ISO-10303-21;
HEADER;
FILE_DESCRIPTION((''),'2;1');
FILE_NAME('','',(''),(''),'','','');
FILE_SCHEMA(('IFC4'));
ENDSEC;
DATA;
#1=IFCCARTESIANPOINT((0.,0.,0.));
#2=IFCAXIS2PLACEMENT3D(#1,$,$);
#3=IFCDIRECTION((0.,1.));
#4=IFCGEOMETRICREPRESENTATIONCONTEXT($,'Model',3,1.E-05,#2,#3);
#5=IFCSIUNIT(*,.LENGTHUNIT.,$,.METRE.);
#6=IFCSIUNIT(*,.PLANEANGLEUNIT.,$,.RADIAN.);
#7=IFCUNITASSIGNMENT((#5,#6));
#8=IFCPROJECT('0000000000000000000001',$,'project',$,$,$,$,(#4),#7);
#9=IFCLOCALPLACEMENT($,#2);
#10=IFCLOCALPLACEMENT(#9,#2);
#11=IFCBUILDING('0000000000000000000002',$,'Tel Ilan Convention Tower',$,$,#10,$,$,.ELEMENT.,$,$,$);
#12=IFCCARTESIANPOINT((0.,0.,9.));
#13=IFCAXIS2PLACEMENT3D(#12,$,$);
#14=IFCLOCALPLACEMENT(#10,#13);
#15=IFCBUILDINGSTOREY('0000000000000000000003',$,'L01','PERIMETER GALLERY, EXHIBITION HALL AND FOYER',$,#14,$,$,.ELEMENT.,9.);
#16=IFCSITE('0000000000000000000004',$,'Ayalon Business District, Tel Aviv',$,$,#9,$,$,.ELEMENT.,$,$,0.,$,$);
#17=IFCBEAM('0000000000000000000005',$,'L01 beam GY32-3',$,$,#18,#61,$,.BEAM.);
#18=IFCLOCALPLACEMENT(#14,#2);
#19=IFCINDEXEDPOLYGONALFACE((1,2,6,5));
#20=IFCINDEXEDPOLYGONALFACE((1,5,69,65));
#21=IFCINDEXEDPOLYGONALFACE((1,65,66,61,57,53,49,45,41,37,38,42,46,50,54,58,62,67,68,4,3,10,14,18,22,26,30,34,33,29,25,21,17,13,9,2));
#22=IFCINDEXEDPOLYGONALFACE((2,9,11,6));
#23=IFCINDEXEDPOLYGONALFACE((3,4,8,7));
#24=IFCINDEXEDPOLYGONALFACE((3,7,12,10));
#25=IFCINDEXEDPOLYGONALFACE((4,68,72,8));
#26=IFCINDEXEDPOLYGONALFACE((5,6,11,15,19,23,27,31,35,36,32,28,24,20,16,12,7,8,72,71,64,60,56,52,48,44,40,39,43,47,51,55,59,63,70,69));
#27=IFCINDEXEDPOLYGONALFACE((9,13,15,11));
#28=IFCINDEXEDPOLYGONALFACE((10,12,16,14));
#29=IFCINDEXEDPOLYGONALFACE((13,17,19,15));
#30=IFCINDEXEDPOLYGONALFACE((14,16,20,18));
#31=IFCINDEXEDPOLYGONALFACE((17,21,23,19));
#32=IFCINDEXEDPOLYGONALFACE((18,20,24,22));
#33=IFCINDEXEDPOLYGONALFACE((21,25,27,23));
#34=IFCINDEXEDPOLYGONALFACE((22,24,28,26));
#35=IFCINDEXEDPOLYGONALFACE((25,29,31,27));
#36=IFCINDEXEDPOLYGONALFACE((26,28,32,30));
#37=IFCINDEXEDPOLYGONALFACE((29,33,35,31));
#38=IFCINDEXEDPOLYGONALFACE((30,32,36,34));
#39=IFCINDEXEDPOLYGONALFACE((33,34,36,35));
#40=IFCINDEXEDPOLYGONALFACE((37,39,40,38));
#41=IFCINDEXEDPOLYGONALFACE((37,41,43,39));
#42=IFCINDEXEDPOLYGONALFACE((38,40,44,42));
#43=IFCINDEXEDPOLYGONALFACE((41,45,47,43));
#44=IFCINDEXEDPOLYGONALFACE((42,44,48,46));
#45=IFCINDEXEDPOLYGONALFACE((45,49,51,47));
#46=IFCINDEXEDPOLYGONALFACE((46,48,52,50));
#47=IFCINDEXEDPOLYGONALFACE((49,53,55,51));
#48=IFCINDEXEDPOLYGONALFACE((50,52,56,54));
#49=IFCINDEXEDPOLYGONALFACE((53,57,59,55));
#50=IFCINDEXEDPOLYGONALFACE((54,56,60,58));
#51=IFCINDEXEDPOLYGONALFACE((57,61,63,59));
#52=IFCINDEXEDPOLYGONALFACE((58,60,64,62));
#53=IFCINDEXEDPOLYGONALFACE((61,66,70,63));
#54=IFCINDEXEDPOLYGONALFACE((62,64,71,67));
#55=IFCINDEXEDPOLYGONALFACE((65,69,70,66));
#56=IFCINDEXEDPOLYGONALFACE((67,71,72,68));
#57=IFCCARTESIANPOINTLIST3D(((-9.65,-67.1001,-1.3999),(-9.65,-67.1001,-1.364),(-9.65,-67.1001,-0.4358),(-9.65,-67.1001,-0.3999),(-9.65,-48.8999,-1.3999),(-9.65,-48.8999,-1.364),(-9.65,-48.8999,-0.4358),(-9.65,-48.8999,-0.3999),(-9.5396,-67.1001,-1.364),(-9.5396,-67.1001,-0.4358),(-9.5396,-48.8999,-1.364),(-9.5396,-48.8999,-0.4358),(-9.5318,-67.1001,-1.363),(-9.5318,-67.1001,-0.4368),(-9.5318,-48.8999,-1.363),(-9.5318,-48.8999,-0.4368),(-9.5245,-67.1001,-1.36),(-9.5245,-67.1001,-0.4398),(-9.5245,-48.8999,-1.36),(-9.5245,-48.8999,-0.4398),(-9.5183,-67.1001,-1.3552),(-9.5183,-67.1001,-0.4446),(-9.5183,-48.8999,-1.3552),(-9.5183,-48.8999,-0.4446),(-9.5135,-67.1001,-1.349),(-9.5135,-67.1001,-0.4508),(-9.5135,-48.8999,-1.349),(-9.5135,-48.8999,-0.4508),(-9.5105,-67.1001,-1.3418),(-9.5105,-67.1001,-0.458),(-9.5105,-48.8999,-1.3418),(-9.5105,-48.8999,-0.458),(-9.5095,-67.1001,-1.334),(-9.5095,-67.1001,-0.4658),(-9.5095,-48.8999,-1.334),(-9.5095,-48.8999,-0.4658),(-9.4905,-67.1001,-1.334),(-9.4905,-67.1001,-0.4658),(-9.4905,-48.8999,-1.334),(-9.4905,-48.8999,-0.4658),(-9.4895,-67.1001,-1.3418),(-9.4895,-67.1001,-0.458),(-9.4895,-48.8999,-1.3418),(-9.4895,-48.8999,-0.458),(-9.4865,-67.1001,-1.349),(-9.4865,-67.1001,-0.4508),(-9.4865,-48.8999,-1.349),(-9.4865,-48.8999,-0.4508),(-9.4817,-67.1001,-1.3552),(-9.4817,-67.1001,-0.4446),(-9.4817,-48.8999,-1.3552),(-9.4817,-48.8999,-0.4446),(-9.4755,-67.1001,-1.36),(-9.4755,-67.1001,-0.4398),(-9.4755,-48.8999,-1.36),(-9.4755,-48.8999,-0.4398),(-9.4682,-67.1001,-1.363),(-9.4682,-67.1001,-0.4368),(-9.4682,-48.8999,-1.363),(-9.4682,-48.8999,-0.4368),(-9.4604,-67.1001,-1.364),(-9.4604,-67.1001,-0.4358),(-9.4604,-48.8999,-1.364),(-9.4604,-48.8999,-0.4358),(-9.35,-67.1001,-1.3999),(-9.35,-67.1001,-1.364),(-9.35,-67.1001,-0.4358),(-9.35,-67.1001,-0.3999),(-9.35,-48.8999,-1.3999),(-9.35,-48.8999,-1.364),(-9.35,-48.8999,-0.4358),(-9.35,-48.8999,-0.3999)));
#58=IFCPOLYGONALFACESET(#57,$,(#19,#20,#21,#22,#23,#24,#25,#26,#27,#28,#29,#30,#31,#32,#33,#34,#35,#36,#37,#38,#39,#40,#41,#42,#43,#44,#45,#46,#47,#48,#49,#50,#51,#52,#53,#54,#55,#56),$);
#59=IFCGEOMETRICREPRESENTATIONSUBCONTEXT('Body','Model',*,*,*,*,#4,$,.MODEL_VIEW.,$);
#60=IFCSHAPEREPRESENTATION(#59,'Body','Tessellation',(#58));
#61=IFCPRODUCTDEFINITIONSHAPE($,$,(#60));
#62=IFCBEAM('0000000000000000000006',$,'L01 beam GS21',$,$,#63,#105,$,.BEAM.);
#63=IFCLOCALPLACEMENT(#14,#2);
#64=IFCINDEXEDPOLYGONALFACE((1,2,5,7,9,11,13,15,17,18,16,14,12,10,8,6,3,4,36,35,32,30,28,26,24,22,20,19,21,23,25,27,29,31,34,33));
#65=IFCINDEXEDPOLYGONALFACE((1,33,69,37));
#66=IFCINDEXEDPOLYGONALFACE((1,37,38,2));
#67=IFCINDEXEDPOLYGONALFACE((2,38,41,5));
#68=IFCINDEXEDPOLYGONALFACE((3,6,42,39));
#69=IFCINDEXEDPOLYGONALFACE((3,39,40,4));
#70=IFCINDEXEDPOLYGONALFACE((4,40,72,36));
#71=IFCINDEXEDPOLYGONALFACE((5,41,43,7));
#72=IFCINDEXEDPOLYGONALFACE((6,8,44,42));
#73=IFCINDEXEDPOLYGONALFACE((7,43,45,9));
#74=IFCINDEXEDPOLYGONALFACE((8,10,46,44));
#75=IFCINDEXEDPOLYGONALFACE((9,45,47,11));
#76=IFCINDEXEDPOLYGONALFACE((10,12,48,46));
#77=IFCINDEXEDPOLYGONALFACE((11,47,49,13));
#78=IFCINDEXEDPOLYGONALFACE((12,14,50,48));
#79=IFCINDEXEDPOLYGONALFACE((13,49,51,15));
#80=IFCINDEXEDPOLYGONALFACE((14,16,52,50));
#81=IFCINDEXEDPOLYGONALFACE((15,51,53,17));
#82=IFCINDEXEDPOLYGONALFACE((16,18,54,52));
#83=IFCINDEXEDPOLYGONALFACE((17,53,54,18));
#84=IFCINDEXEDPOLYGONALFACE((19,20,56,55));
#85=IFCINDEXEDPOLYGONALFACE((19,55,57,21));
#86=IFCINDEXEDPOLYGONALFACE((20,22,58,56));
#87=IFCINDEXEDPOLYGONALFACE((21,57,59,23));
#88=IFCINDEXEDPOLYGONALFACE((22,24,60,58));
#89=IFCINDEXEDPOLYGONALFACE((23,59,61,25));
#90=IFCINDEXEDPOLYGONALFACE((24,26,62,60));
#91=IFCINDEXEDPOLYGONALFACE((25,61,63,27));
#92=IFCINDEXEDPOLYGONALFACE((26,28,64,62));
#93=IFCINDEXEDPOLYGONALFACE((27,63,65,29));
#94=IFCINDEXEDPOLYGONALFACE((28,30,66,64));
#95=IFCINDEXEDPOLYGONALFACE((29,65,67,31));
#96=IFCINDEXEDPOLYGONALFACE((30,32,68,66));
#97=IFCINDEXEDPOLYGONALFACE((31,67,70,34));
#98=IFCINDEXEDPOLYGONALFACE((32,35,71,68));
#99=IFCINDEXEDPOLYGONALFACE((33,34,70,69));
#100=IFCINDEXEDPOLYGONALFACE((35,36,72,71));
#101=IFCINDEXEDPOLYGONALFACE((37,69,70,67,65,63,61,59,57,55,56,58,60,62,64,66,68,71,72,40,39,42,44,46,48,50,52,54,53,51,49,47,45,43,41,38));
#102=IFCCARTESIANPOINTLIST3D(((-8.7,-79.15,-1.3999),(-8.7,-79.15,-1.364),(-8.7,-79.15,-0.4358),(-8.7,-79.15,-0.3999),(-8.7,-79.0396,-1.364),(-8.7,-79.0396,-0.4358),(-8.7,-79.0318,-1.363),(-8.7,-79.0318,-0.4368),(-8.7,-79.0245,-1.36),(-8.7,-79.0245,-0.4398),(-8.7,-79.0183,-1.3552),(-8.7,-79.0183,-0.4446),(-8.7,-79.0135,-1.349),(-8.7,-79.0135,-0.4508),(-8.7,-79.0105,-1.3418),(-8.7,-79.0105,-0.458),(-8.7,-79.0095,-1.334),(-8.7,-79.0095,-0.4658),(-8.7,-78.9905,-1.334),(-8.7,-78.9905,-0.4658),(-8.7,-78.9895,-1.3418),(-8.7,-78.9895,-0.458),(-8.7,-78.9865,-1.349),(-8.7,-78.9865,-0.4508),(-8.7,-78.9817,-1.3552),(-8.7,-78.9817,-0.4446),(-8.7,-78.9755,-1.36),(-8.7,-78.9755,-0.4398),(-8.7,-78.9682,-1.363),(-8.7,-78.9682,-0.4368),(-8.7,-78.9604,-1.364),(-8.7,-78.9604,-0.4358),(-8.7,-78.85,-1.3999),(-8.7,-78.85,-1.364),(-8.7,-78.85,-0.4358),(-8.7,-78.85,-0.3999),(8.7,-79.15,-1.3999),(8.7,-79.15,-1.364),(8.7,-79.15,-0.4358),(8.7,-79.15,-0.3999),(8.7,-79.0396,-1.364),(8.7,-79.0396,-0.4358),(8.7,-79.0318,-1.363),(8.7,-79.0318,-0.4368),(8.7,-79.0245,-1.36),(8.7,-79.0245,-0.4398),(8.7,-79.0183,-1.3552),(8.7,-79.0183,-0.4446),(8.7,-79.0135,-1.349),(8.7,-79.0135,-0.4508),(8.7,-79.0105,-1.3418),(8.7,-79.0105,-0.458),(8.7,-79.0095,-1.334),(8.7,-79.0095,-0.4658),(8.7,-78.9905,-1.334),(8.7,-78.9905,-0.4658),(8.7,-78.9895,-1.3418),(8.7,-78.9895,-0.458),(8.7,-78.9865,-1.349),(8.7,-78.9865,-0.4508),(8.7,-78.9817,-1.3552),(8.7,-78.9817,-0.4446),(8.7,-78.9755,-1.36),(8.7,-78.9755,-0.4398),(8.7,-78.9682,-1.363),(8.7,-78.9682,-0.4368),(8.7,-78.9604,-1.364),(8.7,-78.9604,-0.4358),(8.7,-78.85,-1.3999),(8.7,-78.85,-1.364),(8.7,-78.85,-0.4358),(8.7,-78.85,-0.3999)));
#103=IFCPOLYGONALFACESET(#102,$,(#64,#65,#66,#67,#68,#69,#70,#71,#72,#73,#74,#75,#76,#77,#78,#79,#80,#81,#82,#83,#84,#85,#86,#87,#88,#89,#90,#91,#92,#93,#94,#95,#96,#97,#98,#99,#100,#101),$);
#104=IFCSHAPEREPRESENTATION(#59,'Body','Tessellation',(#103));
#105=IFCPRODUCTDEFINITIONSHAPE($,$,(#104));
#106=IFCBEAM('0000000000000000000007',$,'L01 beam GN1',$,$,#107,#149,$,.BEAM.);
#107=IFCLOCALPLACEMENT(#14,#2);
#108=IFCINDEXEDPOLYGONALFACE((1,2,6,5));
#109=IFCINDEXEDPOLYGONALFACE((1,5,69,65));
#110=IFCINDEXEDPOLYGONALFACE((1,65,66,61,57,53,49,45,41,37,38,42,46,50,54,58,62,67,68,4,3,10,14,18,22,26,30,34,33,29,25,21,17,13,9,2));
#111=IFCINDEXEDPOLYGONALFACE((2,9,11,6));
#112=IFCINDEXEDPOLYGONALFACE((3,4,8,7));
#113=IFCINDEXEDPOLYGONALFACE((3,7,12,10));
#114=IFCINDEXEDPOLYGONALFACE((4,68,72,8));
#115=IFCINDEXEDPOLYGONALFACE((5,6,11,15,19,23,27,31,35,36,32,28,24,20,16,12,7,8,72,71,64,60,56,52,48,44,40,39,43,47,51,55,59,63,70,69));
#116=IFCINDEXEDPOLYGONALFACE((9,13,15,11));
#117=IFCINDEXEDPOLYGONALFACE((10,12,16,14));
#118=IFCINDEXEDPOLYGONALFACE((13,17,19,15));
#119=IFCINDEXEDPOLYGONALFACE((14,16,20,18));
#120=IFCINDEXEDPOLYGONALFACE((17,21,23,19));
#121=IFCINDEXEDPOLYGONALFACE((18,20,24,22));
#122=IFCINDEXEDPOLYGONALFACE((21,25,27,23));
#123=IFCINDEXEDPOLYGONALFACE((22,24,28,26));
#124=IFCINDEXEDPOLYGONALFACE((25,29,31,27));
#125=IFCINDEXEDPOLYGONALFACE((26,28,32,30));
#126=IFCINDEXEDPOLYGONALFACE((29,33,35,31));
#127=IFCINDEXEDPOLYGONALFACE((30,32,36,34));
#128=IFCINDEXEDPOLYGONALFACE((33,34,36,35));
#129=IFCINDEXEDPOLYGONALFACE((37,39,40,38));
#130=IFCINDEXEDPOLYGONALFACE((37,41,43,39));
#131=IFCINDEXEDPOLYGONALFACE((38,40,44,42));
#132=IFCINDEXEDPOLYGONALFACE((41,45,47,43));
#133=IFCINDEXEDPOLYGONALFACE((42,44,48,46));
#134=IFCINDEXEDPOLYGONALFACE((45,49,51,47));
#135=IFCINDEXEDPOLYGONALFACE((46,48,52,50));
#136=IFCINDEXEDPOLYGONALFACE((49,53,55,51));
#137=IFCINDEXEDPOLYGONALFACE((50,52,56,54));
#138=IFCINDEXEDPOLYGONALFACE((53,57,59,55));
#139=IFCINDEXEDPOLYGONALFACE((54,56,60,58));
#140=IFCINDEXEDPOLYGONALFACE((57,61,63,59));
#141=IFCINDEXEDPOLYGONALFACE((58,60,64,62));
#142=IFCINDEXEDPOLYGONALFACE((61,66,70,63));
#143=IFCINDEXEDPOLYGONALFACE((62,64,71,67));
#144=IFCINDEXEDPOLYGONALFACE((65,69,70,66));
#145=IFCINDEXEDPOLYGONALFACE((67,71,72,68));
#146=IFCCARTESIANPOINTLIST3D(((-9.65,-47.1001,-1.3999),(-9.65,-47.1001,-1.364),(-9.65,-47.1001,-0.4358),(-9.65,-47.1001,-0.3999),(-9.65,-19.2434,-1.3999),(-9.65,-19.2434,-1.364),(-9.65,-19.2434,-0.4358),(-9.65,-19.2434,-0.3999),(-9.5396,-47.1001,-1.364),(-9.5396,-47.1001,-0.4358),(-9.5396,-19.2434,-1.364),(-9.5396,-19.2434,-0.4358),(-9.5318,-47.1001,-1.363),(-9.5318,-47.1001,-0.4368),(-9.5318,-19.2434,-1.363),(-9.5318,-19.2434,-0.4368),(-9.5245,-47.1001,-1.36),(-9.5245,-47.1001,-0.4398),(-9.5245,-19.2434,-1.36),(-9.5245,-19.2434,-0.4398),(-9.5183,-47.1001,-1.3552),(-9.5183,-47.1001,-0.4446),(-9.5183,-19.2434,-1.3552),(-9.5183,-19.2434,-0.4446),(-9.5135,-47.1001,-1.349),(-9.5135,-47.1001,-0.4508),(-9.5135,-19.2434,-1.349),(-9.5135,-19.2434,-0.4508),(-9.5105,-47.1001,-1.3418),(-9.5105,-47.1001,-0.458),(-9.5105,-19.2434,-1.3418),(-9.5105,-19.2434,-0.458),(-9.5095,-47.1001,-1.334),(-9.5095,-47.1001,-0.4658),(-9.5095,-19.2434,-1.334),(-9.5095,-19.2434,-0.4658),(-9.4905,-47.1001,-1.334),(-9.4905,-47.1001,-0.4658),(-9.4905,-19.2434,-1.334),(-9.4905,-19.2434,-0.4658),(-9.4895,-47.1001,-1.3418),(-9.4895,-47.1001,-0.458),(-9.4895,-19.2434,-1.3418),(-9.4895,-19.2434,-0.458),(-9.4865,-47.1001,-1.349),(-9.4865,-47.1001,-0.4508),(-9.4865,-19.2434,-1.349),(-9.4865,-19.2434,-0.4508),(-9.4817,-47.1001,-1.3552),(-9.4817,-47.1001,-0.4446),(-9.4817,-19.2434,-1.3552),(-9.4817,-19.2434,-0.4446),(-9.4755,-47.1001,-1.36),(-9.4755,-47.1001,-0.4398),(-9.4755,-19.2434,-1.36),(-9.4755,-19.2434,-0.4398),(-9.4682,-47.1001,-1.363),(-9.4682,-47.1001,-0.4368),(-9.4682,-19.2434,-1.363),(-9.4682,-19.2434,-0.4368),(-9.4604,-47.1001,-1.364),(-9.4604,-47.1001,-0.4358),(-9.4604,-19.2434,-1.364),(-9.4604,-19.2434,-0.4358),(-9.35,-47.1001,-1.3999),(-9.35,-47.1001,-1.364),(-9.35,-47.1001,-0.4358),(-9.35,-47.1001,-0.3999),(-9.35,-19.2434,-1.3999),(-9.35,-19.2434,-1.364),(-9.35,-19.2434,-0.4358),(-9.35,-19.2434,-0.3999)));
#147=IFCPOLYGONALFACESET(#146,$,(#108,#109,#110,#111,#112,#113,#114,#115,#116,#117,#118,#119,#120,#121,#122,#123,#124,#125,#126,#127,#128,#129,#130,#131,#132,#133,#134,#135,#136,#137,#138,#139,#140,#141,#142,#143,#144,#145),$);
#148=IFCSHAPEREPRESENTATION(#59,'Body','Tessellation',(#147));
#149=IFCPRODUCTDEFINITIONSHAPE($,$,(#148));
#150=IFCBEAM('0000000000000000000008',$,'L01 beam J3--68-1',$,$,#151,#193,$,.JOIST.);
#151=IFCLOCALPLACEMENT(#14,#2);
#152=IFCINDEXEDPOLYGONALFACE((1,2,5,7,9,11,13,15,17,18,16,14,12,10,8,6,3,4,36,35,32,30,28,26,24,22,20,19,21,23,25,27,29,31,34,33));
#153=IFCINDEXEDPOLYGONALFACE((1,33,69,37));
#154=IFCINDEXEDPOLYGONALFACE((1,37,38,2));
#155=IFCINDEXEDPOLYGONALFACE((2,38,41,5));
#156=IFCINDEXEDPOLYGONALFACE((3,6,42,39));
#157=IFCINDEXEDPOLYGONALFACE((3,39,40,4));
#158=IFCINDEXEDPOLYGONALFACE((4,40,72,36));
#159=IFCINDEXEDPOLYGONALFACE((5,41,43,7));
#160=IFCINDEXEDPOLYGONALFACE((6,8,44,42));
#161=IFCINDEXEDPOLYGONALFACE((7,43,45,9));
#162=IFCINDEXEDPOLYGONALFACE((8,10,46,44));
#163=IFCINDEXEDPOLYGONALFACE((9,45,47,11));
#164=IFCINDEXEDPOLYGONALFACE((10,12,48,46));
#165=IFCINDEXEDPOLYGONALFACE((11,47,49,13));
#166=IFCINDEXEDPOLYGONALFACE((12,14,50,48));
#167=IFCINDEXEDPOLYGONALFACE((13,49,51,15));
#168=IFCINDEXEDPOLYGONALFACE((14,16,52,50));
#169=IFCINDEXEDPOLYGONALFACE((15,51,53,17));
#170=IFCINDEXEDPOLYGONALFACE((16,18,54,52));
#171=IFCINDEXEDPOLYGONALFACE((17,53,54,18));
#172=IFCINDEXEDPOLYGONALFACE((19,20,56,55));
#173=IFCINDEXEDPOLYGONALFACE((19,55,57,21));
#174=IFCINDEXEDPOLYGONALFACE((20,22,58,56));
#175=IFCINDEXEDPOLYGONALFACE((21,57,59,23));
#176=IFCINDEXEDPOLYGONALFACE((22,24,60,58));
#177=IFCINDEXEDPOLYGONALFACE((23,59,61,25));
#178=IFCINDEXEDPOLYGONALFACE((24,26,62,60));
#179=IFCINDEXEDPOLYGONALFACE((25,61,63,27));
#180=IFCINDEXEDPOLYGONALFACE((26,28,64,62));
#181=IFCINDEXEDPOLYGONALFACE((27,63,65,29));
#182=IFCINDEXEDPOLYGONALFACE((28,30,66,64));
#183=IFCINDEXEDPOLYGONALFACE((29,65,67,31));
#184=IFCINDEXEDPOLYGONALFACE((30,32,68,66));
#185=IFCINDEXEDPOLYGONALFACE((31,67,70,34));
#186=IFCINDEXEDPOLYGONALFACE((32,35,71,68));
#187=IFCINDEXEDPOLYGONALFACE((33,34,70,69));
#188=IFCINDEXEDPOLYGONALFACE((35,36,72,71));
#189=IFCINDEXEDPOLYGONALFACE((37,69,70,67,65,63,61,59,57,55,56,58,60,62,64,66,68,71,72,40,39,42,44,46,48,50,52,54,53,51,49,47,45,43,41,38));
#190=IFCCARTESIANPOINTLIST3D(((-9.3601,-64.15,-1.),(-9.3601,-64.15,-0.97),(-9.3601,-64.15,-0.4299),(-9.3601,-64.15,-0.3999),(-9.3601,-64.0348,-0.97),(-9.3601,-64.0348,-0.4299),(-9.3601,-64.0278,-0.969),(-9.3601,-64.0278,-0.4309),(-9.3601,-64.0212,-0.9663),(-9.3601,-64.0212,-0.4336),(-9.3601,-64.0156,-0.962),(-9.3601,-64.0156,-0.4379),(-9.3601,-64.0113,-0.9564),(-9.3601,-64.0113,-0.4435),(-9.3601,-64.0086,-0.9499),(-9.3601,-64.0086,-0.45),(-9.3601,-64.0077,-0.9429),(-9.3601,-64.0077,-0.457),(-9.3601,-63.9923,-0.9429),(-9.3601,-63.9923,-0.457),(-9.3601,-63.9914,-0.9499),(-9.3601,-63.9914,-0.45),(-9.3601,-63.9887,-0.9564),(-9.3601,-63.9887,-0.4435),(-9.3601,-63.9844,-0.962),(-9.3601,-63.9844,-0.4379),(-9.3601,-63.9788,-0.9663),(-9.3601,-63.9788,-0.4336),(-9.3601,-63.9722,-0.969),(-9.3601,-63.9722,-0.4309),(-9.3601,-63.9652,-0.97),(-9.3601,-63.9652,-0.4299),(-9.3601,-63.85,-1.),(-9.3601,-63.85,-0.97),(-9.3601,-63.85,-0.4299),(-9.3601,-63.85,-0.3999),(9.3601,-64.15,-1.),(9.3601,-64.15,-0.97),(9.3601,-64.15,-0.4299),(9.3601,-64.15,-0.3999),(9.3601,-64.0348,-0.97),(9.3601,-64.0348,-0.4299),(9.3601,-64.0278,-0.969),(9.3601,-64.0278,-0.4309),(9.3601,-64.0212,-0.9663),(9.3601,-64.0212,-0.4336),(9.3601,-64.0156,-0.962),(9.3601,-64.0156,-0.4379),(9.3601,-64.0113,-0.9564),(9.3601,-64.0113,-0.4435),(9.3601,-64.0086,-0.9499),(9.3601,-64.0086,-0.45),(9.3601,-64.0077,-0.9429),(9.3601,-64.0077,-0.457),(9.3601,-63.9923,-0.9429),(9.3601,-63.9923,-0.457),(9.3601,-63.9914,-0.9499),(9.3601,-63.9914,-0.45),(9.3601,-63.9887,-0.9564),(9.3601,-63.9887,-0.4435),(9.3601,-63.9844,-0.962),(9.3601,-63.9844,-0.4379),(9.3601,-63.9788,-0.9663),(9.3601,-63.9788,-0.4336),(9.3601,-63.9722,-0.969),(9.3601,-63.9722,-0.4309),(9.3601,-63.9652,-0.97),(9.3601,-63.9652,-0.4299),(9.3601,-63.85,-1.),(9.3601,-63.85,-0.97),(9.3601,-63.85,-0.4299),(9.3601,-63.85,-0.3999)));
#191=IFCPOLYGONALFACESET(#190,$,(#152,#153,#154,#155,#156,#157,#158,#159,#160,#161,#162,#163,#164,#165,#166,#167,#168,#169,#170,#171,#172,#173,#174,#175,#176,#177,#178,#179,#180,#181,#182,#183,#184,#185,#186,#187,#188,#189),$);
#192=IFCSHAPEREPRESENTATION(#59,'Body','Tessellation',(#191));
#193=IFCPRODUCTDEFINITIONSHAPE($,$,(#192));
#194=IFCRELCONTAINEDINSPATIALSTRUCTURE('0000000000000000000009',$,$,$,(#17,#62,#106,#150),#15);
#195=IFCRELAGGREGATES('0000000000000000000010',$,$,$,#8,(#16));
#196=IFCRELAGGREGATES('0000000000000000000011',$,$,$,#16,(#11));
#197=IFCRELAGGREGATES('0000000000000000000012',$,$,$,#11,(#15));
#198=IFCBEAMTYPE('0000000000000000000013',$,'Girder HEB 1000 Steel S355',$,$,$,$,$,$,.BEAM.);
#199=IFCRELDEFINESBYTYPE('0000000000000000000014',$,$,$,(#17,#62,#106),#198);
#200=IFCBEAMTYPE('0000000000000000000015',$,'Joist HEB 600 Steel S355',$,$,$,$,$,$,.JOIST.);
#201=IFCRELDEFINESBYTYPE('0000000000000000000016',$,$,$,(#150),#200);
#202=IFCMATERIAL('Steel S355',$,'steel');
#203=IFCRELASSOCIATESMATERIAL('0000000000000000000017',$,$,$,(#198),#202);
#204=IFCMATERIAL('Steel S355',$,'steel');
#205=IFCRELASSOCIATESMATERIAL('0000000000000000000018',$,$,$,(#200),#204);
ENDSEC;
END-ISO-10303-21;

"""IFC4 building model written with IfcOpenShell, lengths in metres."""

from ifc_helpers import new_model, si_unit, direction, frame, origin, origin_2d, place, context, subcontext, project, spatial, i_section, extrude, material, material_profile, profile_set, type_object, element, save


model = new_model("IFC4")

# Units and contexts
model_context = context("Model", 3, precision=1e-05, world=origin(), true_north=direction((0.0, 1.0)))
body_context = subcontext(model_context, "Body", "Model", "MODEL_VIEW")
ifc_project = project(units=[si_unit("LENGTHUNIT", "METRE"), si_unit("PLANEANGLEUNIT", "RADIAN")], contexts=[model_context])

# Site, building, storey
site_placement = place(None, origin())
site = spatial("IfcSite", under=ifc_project, at=site_placement, Name="Ayalon Business District, Tel Aviv", CompositionType="ELEMENT", RefElevation=0.0)
building_placement = place(site_placement, origin())
building = spatial("IfcBuilding", under=site, at=building_placement, Name="Tel Ilan Convention Tower", CompositionType="ELEMENT")
storey_placement = place(building_placement, frame((0.0, 0.0, 9.0)))
storey = spatial("IfcBuildingStorey", under=building, at=storey_placement, Name="L01", Description="PERIMETER GALLERY, EXHIBITION HALL AND FOYER", CompositionType="ELEMENT", Elevation=9.0)

# Beams
ifc_material_1 = material(Name="Steel S355", Category="steel")
ifc_material_profile_1 = material_profile(ifc_material_1, i_section(OverallWidth=0.3, OverallDepth=1.0, WebThickness=0.019, FlangeThickness=0.0359, FilletRadius=0.03, at=origin_2d()), Name="HEB 1000")
ifc_profile_set_1 = profile_set([ifc_material_profile_1], Name="Steel S355")
beam_type_1 = type_object("IfcBeamType", Name="Girder HEB 1000 Steel S355", PredefinedType="BEAM", material=ifc_profile_set_1)
beam_1_placement = place(storey_placement, frame((-9.5, -67.1001, -0.8999), z_axis=(0.0, 1.0, 0.0), x_axis=(-1.0, 0.0, 0.0)))
element("IfcBeam", 1, at=beam_1_placement, inside=storey, type_object=beam_type_1, Name="L01 beam GY32-3", PredefinedType="BEAM", context=body_context, shape_type="SweptSolid", body=[
    extrude(i_section(OverallWidth=0.3, OverallDepth=1.0, WebThickness=0.019, FlangeThickness=0.0359, FilletRadius=0.03, at=origin_2d()), origin(), (0.0, 0.0, 1.0), 18.2002),
])
beam_2_placement = place(storey_placement, frame((-8.7, -79.0, -0.8999), z_axis=(1.0, 0.0, 0.0), x_axis=(0.0, 1.0, 0.0)))
element("IfcBeam", 2, at=beam_2_placement, inside=storey, type_object=beam_type_1, Name="L01 beam GS21", PredefinedType="BEAM", context=body_context, shape_type="SweptSolid", body=[
    extrude(i_section(OverallWidth=0.3, OverallDepth=1.0, WebThickness=0.019, FlangeThickness=0.0359, FilletRadius=0.03, at=origin_2d()), origin(), (0.0, 0.0, 1.0), 17.3999),
])
beam_3_placement = place(storey_placement, frame((-9.5, -47.1001, -0.8999), z_axis=(0.0, 1.0, 0.0), x_axis=(-1.0, 0.0, 0.0)))
element("IfcBeam", 3, at=beam_3_placement, inside=storey, type_object=beam_type_1, Name="L01 beam GN1", PredefinedType="BEAM", context=body_context, shape_type="SweptSolid", body=[
    extrude(i_section(OverallWidth=0.3, OverallDepth=1.0, WebThickness=0.019, FlangeThickness=0.0359, FilletRadius=0.03, at=origin_2d()), origin(), (0.0, 0.0, 1.0), 27.8567),
])
ifc_material_2 = material(Name="Steel S355", Category="steel")
ifc_material_profile_2 = material_profile(ifc_material_2, i_section(OverallWidth=0.3, OverallDepth=0.6001, WebThickness=0.0154, FlangeThickness=0.03, FilletRadius=0.0271, at=origin_2d()), Name="HEB 600")
ifc_profile_set_2 = profile_set([ifc_material_profile_2], Name="Steel S355")
beam_type_2 = type_object("IfcBeamType", Name="Joist HEB 600 Steel S355", PredefinedType="JOIST", material=ifc_profile_set_2)
for number, where, z_axis, x_axis, name in (
    (4, (-9.3601, -64.0, -0.7), (1.0, 0.0, 0.0), (0.0, 1.0, 0.0), "L01 beam J3--68-1"),
):
    element("IfcBeam", number, at=place(storey_placement, frame(where, z_axis=z_axis, x_axis=x_axis)), inside=storey, type_object=beam_type_2, Name=name, PredefinedType="JOIST", context=body_context, shape_type="SweptSolid", body=[
        extrude(i_section(OverallWidth=0.3, OverallDepth=0.6001, WebThickness=0.0154, FlangeThickness=0.03, FilletRadius=0.0271, at=origin_2d()), origin(), (0.0, 0.0, 1.0), 18.7202),
    ])

save(model, "model.ifc")
